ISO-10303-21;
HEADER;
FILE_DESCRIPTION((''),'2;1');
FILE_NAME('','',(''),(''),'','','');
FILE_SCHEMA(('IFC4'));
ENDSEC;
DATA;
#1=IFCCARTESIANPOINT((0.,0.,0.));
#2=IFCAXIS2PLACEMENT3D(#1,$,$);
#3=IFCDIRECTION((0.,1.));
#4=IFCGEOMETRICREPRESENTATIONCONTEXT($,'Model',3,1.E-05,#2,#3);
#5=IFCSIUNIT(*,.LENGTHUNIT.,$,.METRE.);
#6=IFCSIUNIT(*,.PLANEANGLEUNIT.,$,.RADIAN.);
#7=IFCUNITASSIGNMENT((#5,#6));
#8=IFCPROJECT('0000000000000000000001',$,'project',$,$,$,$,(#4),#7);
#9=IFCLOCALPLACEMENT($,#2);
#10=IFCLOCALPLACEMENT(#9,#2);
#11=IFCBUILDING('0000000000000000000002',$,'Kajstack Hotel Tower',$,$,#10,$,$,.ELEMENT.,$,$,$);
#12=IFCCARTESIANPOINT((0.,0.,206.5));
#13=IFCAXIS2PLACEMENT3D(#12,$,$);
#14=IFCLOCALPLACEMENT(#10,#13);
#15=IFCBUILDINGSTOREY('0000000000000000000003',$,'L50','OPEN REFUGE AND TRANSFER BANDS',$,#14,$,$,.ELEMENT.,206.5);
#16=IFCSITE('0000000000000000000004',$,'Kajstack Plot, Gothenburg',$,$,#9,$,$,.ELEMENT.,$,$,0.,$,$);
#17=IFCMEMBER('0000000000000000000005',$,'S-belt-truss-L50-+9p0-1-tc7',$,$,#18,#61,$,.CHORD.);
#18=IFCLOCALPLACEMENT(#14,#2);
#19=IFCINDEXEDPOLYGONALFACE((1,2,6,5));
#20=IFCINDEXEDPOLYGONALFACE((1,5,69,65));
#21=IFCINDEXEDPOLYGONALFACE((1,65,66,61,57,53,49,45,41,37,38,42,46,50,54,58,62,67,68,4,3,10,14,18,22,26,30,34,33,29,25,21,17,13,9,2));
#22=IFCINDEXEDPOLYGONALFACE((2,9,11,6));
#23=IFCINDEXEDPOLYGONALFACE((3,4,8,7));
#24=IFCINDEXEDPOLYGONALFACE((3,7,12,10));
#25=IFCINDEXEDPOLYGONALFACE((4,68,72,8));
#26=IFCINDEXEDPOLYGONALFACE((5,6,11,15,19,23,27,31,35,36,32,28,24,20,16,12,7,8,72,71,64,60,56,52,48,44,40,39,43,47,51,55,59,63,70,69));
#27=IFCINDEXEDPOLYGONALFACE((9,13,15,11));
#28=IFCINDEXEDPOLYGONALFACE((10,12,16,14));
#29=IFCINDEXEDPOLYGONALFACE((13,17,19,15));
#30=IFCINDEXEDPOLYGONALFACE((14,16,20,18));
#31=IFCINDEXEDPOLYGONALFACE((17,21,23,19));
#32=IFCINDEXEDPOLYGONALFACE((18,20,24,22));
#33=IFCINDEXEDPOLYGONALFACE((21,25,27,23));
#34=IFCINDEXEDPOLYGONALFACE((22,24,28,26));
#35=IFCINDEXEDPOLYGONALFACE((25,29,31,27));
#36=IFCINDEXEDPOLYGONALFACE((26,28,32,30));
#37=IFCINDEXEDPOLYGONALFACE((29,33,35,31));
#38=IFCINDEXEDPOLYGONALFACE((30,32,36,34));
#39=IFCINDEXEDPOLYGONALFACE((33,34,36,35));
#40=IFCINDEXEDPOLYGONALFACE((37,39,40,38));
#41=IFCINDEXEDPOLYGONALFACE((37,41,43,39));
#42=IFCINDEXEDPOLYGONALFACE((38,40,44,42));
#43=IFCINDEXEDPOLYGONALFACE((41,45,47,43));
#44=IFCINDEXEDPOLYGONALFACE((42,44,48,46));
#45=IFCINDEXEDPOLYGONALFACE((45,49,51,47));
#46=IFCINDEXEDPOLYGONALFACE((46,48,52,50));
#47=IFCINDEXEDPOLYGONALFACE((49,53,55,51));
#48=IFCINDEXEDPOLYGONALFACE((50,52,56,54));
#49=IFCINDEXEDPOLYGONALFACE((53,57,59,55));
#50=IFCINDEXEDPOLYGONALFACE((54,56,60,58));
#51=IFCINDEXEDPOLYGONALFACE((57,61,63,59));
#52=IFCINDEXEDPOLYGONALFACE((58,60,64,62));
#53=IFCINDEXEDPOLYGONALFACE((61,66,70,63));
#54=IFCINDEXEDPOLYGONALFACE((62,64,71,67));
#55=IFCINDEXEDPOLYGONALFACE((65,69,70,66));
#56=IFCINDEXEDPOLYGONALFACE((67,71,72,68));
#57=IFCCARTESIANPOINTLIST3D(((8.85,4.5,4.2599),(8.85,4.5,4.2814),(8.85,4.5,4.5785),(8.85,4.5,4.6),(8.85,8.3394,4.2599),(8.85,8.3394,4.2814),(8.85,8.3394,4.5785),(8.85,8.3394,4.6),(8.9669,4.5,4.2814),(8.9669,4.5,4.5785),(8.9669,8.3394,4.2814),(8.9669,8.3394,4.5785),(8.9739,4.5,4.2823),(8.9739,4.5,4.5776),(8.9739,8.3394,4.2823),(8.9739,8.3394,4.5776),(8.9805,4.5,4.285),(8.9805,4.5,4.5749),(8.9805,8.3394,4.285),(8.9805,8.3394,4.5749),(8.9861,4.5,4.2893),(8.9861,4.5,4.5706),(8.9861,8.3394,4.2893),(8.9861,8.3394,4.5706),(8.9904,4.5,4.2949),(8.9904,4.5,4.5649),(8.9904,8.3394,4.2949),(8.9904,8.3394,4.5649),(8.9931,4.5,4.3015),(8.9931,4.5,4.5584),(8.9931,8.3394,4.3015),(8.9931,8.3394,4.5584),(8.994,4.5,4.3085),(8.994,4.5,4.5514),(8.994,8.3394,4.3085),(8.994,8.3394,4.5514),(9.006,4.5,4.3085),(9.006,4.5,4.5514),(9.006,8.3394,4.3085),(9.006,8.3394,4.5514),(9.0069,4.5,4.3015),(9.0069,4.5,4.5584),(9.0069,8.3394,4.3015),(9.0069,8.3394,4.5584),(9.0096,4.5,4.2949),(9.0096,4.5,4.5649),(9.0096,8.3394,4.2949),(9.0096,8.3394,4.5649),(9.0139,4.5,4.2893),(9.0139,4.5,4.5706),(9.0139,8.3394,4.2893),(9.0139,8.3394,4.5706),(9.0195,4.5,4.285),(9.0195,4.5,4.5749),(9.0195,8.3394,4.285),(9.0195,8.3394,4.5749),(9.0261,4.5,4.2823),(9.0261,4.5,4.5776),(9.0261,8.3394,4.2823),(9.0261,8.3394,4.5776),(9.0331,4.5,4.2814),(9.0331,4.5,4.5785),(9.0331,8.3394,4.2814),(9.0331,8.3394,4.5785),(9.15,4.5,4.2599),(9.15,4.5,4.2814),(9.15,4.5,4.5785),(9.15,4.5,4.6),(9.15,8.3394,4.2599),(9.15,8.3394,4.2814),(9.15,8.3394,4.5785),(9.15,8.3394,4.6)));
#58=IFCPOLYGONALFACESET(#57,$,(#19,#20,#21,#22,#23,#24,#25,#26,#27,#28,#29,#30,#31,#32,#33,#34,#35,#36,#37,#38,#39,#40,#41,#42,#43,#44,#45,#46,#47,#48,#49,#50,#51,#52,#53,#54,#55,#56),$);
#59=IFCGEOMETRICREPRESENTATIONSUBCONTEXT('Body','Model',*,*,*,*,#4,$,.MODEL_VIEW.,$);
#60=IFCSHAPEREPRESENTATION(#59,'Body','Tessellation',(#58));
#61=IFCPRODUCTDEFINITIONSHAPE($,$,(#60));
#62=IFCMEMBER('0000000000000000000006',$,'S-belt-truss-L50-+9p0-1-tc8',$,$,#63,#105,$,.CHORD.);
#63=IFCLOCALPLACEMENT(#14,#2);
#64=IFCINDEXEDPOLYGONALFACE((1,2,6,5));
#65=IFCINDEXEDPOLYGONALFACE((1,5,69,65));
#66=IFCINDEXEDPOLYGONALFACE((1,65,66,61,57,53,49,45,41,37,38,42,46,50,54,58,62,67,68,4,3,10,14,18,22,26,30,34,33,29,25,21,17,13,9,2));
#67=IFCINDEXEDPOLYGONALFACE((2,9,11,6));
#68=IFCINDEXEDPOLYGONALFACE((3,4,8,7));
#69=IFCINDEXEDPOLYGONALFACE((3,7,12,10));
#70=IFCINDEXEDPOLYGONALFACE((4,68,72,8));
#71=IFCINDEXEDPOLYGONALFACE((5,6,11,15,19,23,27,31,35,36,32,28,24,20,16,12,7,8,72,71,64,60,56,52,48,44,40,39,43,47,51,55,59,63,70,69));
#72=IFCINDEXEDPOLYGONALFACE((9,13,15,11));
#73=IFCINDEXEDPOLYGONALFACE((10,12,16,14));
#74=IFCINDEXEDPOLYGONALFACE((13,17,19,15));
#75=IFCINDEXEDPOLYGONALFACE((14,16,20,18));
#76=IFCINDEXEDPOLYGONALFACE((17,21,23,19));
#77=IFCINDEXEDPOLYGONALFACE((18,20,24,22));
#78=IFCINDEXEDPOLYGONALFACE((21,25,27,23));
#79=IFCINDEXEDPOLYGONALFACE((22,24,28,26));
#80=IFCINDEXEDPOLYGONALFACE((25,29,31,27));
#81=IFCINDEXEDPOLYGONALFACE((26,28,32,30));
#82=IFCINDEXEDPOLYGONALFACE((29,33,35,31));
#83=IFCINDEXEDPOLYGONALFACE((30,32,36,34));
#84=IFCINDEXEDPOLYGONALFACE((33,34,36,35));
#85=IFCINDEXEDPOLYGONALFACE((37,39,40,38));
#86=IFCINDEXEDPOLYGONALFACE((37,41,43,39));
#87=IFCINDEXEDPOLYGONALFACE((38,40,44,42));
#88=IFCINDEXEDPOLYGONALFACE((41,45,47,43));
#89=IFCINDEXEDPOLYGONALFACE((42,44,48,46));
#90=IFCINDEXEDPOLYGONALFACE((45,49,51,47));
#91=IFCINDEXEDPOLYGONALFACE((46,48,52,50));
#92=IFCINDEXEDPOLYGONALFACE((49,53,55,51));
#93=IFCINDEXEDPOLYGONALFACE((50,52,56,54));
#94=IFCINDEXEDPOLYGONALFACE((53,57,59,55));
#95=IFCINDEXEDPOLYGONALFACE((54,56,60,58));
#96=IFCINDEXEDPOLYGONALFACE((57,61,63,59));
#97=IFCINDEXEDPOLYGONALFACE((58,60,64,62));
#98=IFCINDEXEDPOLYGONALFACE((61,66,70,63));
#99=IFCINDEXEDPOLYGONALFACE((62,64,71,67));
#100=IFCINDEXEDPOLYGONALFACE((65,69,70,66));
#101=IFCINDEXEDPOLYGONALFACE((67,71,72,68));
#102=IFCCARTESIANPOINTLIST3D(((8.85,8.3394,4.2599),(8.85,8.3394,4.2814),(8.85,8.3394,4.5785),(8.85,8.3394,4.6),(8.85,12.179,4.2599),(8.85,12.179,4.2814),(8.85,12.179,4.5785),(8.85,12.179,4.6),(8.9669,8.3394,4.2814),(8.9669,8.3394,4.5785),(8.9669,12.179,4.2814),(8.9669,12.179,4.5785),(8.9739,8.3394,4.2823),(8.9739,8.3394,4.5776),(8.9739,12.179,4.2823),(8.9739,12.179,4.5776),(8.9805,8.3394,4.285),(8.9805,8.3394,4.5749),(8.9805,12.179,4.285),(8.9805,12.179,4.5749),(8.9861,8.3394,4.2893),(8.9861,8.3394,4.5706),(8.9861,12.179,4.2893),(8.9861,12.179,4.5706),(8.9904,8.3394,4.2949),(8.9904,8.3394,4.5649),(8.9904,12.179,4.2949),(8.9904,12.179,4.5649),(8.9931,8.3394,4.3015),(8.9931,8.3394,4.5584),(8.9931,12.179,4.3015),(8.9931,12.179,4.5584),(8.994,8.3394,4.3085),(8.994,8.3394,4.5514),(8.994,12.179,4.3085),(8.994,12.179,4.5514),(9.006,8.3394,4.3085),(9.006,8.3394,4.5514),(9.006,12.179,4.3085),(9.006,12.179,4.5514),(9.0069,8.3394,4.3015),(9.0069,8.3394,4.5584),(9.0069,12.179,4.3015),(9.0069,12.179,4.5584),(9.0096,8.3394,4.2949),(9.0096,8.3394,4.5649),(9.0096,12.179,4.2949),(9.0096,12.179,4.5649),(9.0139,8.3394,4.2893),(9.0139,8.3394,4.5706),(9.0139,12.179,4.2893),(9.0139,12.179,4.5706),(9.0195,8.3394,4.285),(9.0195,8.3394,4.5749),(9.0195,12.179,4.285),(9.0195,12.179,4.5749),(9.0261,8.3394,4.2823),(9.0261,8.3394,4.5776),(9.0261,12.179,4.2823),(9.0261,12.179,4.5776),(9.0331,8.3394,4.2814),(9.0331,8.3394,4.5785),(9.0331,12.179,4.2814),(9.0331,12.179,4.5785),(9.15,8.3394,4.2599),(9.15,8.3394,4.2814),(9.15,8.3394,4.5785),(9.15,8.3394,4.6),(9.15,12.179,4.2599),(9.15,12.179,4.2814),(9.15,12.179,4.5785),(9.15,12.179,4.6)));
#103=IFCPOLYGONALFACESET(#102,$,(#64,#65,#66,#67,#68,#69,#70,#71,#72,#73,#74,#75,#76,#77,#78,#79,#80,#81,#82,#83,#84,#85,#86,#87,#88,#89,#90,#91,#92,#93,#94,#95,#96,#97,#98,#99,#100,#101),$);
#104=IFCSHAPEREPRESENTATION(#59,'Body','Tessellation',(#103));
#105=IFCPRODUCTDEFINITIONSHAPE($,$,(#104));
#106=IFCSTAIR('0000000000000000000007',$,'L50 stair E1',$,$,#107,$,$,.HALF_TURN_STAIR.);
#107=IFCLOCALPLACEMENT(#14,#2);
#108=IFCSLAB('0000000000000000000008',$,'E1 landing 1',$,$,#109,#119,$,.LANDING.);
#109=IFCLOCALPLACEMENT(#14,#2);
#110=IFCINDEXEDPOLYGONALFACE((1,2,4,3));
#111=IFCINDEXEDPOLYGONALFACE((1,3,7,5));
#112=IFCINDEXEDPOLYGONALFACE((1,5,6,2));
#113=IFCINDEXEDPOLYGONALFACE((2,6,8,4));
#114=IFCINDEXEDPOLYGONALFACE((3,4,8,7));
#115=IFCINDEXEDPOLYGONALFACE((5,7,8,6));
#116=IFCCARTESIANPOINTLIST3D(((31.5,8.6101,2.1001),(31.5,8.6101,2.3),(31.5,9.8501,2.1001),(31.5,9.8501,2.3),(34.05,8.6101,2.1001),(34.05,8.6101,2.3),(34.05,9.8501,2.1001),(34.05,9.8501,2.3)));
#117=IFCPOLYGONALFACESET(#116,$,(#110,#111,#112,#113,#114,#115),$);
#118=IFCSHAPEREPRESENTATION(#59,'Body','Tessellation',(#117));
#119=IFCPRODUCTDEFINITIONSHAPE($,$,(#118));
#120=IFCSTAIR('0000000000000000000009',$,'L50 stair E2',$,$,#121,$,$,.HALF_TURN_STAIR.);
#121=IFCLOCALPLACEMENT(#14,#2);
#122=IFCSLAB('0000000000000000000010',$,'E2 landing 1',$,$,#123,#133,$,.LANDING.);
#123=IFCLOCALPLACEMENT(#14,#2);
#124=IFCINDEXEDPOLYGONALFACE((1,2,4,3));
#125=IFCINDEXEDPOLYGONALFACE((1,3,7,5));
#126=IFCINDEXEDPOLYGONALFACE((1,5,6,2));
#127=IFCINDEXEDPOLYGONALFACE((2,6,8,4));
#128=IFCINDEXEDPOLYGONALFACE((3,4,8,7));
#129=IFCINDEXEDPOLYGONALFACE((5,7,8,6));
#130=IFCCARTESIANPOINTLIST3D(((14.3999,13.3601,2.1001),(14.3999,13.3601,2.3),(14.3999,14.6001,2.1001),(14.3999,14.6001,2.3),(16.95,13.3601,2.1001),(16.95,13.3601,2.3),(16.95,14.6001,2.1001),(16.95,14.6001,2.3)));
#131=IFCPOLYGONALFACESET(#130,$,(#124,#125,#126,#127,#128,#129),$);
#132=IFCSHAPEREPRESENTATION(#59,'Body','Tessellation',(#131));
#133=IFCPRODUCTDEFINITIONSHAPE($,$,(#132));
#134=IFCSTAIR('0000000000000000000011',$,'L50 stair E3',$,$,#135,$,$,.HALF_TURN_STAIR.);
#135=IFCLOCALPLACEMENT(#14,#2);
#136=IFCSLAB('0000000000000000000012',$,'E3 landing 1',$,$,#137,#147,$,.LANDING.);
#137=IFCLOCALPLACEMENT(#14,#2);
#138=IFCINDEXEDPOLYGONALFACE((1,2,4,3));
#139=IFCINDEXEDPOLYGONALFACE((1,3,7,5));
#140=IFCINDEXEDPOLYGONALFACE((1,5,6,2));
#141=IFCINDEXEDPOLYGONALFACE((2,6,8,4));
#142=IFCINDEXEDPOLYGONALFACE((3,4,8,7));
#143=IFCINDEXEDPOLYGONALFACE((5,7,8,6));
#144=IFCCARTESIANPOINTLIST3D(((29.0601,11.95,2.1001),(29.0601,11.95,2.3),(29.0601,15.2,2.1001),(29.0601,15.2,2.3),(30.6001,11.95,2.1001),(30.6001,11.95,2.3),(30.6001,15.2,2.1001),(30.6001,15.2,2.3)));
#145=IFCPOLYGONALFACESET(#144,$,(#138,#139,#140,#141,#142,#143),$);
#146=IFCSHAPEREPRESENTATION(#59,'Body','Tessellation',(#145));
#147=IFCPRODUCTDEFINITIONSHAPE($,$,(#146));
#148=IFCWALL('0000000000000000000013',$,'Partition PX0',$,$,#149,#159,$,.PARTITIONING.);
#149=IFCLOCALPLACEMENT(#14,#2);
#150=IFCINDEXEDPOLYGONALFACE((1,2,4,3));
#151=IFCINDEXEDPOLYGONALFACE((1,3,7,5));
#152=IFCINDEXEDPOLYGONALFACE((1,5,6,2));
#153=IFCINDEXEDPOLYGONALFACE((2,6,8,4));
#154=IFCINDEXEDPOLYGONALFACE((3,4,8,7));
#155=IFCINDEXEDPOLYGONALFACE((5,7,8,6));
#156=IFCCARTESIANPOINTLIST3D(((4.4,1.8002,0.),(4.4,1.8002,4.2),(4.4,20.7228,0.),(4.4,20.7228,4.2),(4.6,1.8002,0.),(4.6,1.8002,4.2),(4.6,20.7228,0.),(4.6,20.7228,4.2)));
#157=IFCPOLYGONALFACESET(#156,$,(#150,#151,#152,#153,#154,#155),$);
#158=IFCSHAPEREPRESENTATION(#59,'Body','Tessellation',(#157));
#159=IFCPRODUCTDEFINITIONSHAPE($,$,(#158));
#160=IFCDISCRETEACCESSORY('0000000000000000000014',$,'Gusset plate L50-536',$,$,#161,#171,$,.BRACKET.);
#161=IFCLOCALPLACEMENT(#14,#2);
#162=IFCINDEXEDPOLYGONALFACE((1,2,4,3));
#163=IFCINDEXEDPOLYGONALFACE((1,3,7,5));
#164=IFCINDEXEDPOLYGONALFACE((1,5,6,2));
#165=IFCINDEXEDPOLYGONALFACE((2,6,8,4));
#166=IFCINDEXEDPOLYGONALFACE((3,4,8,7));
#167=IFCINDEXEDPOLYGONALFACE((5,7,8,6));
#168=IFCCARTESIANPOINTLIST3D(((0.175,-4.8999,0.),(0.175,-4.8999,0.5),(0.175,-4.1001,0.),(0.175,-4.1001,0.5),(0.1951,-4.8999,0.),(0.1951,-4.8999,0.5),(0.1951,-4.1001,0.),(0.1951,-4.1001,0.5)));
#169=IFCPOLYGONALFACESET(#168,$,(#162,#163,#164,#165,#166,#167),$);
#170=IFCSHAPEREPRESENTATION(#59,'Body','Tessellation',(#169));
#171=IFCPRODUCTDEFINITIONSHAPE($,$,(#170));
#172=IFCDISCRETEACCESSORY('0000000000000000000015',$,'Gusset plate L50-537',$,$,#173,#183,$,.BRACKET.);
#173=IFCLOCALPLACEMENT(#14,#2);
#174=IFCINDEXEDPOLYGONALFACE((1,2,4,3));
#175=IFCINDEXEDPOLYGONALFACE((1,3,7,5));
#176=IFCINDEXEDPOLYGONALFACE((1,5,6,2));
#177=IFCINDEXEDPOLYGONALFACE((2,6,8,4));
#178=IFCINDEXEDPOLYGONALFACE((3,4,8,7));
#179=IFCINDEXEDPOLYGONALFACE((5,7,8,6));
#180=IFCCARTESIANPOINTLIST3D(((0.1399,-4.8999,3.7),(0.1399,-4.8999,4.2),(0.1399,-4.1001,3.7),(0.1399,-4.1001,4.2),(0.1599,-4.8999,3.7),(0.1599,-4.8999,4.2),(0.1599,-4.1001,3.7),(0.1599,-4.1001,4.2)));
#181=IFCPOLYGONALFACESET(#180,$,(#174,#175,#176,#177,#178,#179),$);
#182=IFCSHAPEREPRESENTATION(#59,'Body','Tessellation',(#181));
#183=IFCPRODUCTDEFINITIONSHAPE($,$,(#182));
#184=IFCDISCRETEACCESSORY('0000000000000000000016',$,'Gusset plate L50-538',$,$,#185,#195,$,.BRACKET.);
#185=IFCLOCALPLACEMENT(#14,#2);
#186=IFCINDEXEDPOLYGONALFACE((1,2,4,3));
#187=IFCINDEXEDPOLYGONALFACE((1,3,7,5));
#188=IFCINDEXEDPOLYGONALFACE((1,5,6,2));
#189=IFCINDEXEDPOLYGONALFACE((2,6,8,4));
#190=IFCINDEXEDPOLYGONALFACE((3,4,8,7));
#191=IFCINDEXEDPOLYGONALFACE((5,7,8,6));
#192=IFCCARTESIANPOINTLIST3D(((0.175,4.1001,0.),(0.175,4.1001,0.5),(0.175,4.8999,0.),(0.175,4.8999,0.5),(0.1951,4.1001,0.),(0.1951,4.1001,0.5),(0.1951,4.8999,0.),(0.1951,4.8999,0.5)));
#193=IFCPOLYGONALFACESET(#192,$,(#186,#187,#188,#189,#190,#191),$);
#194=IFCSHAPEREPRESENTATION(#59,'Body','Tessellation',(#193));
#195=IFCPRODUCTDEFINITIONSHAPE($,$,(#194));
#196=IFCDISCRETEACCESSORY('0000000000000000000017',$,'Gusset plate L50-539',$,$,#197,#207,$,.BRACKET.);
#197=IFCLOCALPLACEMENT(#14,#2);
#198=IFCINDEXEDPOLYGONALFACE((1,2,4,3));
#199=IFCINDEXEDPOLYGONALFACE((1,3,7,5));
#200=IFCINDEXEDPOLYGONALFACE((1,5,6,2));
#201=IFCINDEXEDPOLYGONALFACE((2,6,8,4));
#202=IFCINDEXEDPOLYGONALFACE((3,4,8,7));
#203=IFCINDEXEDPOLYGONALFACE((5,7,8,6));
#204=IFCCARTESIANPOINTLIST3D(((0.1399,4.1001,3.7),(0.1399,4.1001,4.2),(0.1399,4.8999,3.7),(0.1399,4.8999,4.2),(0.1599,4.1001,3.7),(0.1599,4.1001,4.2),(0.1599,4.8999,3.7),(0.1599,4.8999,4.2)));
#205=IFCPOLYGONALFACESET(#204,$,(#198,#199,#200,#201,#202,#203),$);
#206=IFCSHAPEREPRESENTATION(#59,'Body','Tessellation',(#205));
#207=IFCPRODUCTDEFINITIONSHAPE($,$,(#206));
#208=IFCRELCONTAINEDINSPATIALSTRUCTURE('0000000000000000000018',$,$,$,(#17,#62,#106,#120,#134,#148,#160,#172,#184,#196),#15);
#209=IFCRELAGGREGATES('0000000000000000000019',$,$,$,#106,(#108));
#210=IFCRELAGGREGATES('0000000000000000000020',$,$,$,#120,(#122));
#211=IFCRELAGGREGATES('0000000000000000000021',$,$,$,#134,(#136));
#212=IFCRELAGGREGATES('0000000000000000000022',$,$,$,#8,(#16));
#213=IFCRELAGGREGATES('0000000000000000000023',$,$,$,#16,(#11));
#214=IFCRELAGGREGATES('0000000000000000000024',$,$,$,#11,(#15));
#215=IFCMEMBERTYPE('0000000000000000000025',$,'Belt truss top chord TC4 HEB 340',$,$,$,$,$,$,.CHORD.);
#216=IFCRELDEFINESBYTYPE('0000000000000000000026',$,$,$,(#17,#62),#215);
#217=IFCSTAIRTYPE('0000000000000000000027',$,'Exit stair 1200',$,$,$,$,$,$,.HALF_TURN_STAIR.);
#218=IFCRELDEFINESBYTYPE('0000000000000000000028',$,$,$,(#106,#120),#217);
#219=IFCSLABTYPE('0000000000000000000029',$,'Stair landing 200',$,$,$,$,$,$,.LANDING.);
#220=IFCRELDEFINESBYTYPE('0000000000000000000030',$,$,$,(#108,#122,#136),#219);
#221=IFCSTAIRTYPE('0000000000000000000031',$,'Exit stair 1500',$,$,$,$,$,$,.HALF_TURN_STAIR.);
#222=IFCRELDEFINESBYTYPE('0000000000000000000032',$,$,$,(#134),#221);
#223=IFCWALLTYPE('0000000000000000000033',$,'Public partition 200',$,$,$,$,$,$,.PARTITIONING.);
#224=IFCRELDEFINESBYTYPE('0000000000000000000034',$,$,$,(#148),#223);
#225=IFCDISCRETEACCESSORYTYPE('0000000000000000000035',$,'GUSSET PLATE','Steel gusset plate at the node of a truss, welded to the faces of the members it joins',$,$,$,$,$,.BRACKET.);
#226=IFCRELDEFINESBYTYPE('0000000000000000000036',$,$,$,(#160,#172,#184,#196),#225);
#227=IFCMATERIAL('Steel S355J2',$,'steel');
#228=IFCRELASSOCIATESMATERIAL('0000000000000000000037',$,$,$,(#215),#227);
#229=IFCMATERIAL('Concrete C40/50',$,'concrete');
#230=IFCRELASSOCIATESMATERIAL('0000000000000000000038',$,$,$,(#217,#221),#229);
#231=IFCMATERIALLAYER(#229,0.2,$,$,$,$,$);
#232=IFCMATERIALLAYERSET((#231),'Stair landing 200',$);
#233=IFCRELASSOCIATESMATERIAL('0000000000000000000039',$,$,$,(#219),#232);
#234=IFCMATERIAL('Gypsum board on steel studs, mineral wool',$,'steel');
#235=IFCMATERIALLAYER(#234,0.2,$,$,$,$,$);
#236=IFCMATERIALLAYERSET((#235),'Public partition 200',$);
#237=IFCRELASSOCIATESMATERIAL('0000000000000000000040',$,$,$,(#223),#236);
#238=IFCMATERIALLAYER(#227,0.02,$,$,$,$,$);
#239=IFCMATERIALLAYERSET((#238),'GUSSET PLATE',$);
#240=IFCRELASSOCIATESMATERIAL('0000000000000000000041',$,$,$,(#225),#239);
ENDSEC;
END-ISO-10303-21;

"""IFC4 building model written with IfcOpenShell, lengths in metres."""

from ifc_helpers import new_model, si_unit, direction, frame, frame_2d, origin, origin_2d, place, context, subcontext, project, spatial, polyline, rectangle, i_section, outline, extrude, material, layer, layer_set, material_profile, profile_set, type_object, element, aggregate, save


model = new_model("IFC4")

# Units and contexts
model_context = context("Model", 3, precision=1e-05, world=origin(), true_north=direction((0.0, 1.0)))
body_context = subcontext(model_context, "Body", "Model", "MODEL_VIEW")
ifc_project = project(units=[si_unit("LENGTHUNIT", "METRE"), si_unit("PLANEANGLEUNIT", "RADIAN")], contexts=[model_context])

# Site, building, storey
site_placement = place(None, origin())
site = spatial("IfcSite", under=ifc_project, at=site_placement, Name="Kajstack Plot, Gothenburg", CompositionType="ELEMENT", RefElevation=0.0)
building_placement = place(site_placement, origin())
building = spatial("IfcBuilding", under=site, at=building_placement, Name="Kajstack Hotel Tower", CompositionType="ELEMENT")
storey_placement = place(building_placement, frame((0.0, 0.0, 206.5)))
storey = spatial("IfcBuildingStorey", under=building, at=storey_placement, Name="L50", Description="OPEN REFUGE AND TRANSFER BANDS", CompositionType="ELEMENT", Elevation=206.5)

# Members
ifc_material_1 = material(Name="Steel S355J2", Category="steel")
ifc_material_profile_1 = material_profile(ifc_material_1, i_section(OverallWidth=0.3, OverallDepth=0.3401, WebThickness=0.012, FlangeThickness=0.0215, FilletRadius=0.0271, at=origin_2d()), Name="HEB 340")
ifc_profile_set_1 = profile_set([ifc_material_profile_1], Name="Steel S355J2")
member_type_1 = type_object("IfcMemberType", Name="Belt truss top chord TC4 HEB 340", PredefinedType="CHORD", material=ifc_profile_set_1)
member_1_placement = place(storey_placement, frame((9.0, 4.5, 4.4299), z_axis=(0.0, 1.0, 0.0), x_axis=(-1.0, 0.0, 0.0)))
element("IfcMember", 1, at=member_1_placement, inside=storey, type_object=member_type_1, Name="S-belt-truss-L50-+9p0-1-tc7", PredefinedType="CHORD", context=body_context, shape_type="SweptSolid", body=[
    extrude(i_section(OverallWidth=0.3, OverallDepth=0.3401, WebThickness=0.012, FlangeThickness=0.0215, FilletRadius=0.0271, at=origin_2d()), origin(), (0.0, 0.0, 1.0), 3.8394),
])
member_2_placement = place(storey_placement, frame((9.0, 8.3394, 4.4299), z_axis=(0.0, 1.0, 0.0), x_axis=(-1.0, 0.0, 0.0)))
element("IfcMember", 2, at=member_2_placement, inside=storey, type_object=member_type_1, Name="S-belt-truss-L50-+9p0-1-tc8", PredefinedType="CHORD", context=body_context, shape_type="SweptSolid", body=[
    extrude(i_section(OverallWidth=0.3, OverallDepth=0.3401, WebThickness=0.012, FlangeThickness=0.0215, FilletRadius=0.0271, at=origin_2d()), origin(), (0.0, 0.0, 1.0), 3.8396),
])

# Stairs, slabs
ifc_material_2 = material(Name="Concrete C40/50", Category="concrete")
stair_type_1 = type_object("IfcStairType", Name="Exit stair 1200", PredefinedType="HALF_TURN_STAIR", material=ifc_material_2)
stair_1_placement = place(storey_placement, origin())
stair_1 = element("IfcStair", 3, at=stair_1_placement, inside=storey, type_object=stair_type_1, Name="L50 stair E1", PredefinedType="HALF_TURN_STAIR")
ifc_layer_1 = layer(ifc_material_2, 0.2)
ifc_layer_set_1 = layer_set([ifc_layer_1], Name="Stair landing 200")
slab_type = type_object("IfcSlabType", Name="Stair landing 200", PredefinedType="LANDING", material=ifc_layer_set_1)
slab_1_placement = place(storey_placement, frame((0.0, 0.0, 2.1001)))
slab_1 = element("IfcSlab", 4, at=slab_1_placement, type_object=slab_type, Name="E1 landing 1", PredefinedType="LANDING", context=body_context, shape_type="SweptSolid", body=[
    extrude(outline(polyline([(34.05, 8.6101), (34.05, 9.8501), (31.5, 9.8501), (31.5, 8.6101), (34.05, 8.6101)])), origin(), (0.0, 0.0, 1.0), 0.2),
])
aggregate(stair_1, [slab_1])
stair_2_placement = place(storey_placement, origin())
stair_2 = element("IfcStair", 5, at=stair_2_placement, inside=storey, type_object=stair_type_1, Name="L50 stair E2", PredefinedType="HALF_TURN_STAIR")
slab_2_placement = place(storey_placement, frame((0.0, 0.0, 2.1001)))
slab_2 = element("IfcSlab", 6, at=slab_2_placement, type_object=slab_type, Name="E2 landing 1", PredefinedType="LANDING", context=body_context, shape_type="SweptSolid", body=[
    extrude(outline(polyline([(16.95, 13.3601), (16.95, 14.6001), (14.3999, 14.6001), (14.3999, 13.3601), (16.95, 13.3601)])), origin(), (0.0, 0.0, 1.0), 0.2),
])
aggregate(stair_2, [slab_2])
stair_type_2 = type_object("IfcStairType", Name="Exit stair 1500", PredefinedType="HALF_TURN_STAIR", material=ifc_material_2)
stair_3_placement = place(storey_placement, origin())
stair_3 = element("IfcStair", 7, at=stair_3_placement, inside=storey, type_object=stair_type_2, Name="L50 stair E3", PredefinedType="HALF_TURN_STAIR")
slab_3_placement = place(storey_placement, frame((0.0, 0.0, 2.1001)))
slab_3 = element("IfcSlab", 8, at=slab_3_placement, type_object=slab_type, Name="E3 landing 1", PredefinedType="LANDING", context=body_context, shape_type="SweptSolid", body=[
    extrude(outline(polyline([(29.0601, 11.95), (30.6001, 11.95), (30.6001, 15.2), (29.0601, 15.2), (29.0601, 11.95)])), origin(), (0.0, 0.0, 1.0), 0.2),
])
aggregate(stair_3, [slab_3])

# Wall
ifc_material_3 = material(Name="Gypsum board on steel studs, mineral wool", Category="steel")
ifc_layer_2 = layer(ifc_material_3, 0.2)
ifc_layer_set_2 = layer_set([ifc_layer_2], Name="Public partition 200")
wall_type = type_object("IfcWallType", Name="Public partition 200", PredefinedType="PARTITIONING", material=ifc_layer_set_2)
wall_placement = place(storey_placement, frame((4.5, 1.8, 0.0), z_axis=(0.0, 0.0, 1.0), x_axis=(0.0, 1.0, 0.0)))
element("IfcWall", 9, at=wall_placement, inside=storey, type_object=wall_type, Name="Partition PX0", PredefinedType="PARTITIONING", context=body_context, shape_type="SweptSolid", body=[
    extrude(rectangle(XDim=18.9226, YDim=0.2, at=frame_2d((9.4614, 0.0))), origin(), (0.0, 0.0, 1.0), 4.2),
])

# Discrete accessories
ifc_layer_3 = layer(ifc_material_1, 0.02)
ifc_layer_set_3 = layer_set([ifc_layer_3], Name="GUSSET PLATE")
discrete_accessory_type = type_object("IfcDiscreteAccessoryType", Name="GUSSET PLATE", Description="Steel gusset plate at the node of a truss, welded to the faces of the members it joins", PredefinedType="BRACKET", material=ifc_layer_set_3)
for number, where, z_axis, x_axis, name in (
    (10, (0.175, -4.5, 0.0), (1.0, 0.0, 0.0), (0.0, 1.0, 0.0), "Gusset plate L50-536"),
    (11, (0.1399, -4.5, 3.7), (1.0, 0.0, 0.0), (0.0, 1.0, 0.0), "Gusset plate L50-537"),
    (12, (0.175, 4.5, 0.0), (1.0, 0.0, 0.0), (0.0, 1.0, 0.0), "Gusset plate L50-538"),
    (13, (0.1399, 4.5, 3.7), (1.0, 0.0, 0.0), (0.0, 1.0, 0.0), "Gusset plate L50-539"),
):
    element("IfcDiscreteAccessory", number, at=place(storey_placement, frame(where, z_axis=z_axis, x_axis=x_axis)), inside=storey, type_object=discrete_accessory_type, Name=name, PredefinedType="BRACKET", context=body_context, shape_type="SweptSolid", body=[
        extrude(outline(polyline([(-0.3999, 0.0), (0.3999, 0.0), (0.3999, 0.5), (-0.3999, 0.5), (-0.3999, 0.0)])), origin(), (0.0, 0.0, 1.0), 0.02),
    ])

save(model, "model.ifc")
